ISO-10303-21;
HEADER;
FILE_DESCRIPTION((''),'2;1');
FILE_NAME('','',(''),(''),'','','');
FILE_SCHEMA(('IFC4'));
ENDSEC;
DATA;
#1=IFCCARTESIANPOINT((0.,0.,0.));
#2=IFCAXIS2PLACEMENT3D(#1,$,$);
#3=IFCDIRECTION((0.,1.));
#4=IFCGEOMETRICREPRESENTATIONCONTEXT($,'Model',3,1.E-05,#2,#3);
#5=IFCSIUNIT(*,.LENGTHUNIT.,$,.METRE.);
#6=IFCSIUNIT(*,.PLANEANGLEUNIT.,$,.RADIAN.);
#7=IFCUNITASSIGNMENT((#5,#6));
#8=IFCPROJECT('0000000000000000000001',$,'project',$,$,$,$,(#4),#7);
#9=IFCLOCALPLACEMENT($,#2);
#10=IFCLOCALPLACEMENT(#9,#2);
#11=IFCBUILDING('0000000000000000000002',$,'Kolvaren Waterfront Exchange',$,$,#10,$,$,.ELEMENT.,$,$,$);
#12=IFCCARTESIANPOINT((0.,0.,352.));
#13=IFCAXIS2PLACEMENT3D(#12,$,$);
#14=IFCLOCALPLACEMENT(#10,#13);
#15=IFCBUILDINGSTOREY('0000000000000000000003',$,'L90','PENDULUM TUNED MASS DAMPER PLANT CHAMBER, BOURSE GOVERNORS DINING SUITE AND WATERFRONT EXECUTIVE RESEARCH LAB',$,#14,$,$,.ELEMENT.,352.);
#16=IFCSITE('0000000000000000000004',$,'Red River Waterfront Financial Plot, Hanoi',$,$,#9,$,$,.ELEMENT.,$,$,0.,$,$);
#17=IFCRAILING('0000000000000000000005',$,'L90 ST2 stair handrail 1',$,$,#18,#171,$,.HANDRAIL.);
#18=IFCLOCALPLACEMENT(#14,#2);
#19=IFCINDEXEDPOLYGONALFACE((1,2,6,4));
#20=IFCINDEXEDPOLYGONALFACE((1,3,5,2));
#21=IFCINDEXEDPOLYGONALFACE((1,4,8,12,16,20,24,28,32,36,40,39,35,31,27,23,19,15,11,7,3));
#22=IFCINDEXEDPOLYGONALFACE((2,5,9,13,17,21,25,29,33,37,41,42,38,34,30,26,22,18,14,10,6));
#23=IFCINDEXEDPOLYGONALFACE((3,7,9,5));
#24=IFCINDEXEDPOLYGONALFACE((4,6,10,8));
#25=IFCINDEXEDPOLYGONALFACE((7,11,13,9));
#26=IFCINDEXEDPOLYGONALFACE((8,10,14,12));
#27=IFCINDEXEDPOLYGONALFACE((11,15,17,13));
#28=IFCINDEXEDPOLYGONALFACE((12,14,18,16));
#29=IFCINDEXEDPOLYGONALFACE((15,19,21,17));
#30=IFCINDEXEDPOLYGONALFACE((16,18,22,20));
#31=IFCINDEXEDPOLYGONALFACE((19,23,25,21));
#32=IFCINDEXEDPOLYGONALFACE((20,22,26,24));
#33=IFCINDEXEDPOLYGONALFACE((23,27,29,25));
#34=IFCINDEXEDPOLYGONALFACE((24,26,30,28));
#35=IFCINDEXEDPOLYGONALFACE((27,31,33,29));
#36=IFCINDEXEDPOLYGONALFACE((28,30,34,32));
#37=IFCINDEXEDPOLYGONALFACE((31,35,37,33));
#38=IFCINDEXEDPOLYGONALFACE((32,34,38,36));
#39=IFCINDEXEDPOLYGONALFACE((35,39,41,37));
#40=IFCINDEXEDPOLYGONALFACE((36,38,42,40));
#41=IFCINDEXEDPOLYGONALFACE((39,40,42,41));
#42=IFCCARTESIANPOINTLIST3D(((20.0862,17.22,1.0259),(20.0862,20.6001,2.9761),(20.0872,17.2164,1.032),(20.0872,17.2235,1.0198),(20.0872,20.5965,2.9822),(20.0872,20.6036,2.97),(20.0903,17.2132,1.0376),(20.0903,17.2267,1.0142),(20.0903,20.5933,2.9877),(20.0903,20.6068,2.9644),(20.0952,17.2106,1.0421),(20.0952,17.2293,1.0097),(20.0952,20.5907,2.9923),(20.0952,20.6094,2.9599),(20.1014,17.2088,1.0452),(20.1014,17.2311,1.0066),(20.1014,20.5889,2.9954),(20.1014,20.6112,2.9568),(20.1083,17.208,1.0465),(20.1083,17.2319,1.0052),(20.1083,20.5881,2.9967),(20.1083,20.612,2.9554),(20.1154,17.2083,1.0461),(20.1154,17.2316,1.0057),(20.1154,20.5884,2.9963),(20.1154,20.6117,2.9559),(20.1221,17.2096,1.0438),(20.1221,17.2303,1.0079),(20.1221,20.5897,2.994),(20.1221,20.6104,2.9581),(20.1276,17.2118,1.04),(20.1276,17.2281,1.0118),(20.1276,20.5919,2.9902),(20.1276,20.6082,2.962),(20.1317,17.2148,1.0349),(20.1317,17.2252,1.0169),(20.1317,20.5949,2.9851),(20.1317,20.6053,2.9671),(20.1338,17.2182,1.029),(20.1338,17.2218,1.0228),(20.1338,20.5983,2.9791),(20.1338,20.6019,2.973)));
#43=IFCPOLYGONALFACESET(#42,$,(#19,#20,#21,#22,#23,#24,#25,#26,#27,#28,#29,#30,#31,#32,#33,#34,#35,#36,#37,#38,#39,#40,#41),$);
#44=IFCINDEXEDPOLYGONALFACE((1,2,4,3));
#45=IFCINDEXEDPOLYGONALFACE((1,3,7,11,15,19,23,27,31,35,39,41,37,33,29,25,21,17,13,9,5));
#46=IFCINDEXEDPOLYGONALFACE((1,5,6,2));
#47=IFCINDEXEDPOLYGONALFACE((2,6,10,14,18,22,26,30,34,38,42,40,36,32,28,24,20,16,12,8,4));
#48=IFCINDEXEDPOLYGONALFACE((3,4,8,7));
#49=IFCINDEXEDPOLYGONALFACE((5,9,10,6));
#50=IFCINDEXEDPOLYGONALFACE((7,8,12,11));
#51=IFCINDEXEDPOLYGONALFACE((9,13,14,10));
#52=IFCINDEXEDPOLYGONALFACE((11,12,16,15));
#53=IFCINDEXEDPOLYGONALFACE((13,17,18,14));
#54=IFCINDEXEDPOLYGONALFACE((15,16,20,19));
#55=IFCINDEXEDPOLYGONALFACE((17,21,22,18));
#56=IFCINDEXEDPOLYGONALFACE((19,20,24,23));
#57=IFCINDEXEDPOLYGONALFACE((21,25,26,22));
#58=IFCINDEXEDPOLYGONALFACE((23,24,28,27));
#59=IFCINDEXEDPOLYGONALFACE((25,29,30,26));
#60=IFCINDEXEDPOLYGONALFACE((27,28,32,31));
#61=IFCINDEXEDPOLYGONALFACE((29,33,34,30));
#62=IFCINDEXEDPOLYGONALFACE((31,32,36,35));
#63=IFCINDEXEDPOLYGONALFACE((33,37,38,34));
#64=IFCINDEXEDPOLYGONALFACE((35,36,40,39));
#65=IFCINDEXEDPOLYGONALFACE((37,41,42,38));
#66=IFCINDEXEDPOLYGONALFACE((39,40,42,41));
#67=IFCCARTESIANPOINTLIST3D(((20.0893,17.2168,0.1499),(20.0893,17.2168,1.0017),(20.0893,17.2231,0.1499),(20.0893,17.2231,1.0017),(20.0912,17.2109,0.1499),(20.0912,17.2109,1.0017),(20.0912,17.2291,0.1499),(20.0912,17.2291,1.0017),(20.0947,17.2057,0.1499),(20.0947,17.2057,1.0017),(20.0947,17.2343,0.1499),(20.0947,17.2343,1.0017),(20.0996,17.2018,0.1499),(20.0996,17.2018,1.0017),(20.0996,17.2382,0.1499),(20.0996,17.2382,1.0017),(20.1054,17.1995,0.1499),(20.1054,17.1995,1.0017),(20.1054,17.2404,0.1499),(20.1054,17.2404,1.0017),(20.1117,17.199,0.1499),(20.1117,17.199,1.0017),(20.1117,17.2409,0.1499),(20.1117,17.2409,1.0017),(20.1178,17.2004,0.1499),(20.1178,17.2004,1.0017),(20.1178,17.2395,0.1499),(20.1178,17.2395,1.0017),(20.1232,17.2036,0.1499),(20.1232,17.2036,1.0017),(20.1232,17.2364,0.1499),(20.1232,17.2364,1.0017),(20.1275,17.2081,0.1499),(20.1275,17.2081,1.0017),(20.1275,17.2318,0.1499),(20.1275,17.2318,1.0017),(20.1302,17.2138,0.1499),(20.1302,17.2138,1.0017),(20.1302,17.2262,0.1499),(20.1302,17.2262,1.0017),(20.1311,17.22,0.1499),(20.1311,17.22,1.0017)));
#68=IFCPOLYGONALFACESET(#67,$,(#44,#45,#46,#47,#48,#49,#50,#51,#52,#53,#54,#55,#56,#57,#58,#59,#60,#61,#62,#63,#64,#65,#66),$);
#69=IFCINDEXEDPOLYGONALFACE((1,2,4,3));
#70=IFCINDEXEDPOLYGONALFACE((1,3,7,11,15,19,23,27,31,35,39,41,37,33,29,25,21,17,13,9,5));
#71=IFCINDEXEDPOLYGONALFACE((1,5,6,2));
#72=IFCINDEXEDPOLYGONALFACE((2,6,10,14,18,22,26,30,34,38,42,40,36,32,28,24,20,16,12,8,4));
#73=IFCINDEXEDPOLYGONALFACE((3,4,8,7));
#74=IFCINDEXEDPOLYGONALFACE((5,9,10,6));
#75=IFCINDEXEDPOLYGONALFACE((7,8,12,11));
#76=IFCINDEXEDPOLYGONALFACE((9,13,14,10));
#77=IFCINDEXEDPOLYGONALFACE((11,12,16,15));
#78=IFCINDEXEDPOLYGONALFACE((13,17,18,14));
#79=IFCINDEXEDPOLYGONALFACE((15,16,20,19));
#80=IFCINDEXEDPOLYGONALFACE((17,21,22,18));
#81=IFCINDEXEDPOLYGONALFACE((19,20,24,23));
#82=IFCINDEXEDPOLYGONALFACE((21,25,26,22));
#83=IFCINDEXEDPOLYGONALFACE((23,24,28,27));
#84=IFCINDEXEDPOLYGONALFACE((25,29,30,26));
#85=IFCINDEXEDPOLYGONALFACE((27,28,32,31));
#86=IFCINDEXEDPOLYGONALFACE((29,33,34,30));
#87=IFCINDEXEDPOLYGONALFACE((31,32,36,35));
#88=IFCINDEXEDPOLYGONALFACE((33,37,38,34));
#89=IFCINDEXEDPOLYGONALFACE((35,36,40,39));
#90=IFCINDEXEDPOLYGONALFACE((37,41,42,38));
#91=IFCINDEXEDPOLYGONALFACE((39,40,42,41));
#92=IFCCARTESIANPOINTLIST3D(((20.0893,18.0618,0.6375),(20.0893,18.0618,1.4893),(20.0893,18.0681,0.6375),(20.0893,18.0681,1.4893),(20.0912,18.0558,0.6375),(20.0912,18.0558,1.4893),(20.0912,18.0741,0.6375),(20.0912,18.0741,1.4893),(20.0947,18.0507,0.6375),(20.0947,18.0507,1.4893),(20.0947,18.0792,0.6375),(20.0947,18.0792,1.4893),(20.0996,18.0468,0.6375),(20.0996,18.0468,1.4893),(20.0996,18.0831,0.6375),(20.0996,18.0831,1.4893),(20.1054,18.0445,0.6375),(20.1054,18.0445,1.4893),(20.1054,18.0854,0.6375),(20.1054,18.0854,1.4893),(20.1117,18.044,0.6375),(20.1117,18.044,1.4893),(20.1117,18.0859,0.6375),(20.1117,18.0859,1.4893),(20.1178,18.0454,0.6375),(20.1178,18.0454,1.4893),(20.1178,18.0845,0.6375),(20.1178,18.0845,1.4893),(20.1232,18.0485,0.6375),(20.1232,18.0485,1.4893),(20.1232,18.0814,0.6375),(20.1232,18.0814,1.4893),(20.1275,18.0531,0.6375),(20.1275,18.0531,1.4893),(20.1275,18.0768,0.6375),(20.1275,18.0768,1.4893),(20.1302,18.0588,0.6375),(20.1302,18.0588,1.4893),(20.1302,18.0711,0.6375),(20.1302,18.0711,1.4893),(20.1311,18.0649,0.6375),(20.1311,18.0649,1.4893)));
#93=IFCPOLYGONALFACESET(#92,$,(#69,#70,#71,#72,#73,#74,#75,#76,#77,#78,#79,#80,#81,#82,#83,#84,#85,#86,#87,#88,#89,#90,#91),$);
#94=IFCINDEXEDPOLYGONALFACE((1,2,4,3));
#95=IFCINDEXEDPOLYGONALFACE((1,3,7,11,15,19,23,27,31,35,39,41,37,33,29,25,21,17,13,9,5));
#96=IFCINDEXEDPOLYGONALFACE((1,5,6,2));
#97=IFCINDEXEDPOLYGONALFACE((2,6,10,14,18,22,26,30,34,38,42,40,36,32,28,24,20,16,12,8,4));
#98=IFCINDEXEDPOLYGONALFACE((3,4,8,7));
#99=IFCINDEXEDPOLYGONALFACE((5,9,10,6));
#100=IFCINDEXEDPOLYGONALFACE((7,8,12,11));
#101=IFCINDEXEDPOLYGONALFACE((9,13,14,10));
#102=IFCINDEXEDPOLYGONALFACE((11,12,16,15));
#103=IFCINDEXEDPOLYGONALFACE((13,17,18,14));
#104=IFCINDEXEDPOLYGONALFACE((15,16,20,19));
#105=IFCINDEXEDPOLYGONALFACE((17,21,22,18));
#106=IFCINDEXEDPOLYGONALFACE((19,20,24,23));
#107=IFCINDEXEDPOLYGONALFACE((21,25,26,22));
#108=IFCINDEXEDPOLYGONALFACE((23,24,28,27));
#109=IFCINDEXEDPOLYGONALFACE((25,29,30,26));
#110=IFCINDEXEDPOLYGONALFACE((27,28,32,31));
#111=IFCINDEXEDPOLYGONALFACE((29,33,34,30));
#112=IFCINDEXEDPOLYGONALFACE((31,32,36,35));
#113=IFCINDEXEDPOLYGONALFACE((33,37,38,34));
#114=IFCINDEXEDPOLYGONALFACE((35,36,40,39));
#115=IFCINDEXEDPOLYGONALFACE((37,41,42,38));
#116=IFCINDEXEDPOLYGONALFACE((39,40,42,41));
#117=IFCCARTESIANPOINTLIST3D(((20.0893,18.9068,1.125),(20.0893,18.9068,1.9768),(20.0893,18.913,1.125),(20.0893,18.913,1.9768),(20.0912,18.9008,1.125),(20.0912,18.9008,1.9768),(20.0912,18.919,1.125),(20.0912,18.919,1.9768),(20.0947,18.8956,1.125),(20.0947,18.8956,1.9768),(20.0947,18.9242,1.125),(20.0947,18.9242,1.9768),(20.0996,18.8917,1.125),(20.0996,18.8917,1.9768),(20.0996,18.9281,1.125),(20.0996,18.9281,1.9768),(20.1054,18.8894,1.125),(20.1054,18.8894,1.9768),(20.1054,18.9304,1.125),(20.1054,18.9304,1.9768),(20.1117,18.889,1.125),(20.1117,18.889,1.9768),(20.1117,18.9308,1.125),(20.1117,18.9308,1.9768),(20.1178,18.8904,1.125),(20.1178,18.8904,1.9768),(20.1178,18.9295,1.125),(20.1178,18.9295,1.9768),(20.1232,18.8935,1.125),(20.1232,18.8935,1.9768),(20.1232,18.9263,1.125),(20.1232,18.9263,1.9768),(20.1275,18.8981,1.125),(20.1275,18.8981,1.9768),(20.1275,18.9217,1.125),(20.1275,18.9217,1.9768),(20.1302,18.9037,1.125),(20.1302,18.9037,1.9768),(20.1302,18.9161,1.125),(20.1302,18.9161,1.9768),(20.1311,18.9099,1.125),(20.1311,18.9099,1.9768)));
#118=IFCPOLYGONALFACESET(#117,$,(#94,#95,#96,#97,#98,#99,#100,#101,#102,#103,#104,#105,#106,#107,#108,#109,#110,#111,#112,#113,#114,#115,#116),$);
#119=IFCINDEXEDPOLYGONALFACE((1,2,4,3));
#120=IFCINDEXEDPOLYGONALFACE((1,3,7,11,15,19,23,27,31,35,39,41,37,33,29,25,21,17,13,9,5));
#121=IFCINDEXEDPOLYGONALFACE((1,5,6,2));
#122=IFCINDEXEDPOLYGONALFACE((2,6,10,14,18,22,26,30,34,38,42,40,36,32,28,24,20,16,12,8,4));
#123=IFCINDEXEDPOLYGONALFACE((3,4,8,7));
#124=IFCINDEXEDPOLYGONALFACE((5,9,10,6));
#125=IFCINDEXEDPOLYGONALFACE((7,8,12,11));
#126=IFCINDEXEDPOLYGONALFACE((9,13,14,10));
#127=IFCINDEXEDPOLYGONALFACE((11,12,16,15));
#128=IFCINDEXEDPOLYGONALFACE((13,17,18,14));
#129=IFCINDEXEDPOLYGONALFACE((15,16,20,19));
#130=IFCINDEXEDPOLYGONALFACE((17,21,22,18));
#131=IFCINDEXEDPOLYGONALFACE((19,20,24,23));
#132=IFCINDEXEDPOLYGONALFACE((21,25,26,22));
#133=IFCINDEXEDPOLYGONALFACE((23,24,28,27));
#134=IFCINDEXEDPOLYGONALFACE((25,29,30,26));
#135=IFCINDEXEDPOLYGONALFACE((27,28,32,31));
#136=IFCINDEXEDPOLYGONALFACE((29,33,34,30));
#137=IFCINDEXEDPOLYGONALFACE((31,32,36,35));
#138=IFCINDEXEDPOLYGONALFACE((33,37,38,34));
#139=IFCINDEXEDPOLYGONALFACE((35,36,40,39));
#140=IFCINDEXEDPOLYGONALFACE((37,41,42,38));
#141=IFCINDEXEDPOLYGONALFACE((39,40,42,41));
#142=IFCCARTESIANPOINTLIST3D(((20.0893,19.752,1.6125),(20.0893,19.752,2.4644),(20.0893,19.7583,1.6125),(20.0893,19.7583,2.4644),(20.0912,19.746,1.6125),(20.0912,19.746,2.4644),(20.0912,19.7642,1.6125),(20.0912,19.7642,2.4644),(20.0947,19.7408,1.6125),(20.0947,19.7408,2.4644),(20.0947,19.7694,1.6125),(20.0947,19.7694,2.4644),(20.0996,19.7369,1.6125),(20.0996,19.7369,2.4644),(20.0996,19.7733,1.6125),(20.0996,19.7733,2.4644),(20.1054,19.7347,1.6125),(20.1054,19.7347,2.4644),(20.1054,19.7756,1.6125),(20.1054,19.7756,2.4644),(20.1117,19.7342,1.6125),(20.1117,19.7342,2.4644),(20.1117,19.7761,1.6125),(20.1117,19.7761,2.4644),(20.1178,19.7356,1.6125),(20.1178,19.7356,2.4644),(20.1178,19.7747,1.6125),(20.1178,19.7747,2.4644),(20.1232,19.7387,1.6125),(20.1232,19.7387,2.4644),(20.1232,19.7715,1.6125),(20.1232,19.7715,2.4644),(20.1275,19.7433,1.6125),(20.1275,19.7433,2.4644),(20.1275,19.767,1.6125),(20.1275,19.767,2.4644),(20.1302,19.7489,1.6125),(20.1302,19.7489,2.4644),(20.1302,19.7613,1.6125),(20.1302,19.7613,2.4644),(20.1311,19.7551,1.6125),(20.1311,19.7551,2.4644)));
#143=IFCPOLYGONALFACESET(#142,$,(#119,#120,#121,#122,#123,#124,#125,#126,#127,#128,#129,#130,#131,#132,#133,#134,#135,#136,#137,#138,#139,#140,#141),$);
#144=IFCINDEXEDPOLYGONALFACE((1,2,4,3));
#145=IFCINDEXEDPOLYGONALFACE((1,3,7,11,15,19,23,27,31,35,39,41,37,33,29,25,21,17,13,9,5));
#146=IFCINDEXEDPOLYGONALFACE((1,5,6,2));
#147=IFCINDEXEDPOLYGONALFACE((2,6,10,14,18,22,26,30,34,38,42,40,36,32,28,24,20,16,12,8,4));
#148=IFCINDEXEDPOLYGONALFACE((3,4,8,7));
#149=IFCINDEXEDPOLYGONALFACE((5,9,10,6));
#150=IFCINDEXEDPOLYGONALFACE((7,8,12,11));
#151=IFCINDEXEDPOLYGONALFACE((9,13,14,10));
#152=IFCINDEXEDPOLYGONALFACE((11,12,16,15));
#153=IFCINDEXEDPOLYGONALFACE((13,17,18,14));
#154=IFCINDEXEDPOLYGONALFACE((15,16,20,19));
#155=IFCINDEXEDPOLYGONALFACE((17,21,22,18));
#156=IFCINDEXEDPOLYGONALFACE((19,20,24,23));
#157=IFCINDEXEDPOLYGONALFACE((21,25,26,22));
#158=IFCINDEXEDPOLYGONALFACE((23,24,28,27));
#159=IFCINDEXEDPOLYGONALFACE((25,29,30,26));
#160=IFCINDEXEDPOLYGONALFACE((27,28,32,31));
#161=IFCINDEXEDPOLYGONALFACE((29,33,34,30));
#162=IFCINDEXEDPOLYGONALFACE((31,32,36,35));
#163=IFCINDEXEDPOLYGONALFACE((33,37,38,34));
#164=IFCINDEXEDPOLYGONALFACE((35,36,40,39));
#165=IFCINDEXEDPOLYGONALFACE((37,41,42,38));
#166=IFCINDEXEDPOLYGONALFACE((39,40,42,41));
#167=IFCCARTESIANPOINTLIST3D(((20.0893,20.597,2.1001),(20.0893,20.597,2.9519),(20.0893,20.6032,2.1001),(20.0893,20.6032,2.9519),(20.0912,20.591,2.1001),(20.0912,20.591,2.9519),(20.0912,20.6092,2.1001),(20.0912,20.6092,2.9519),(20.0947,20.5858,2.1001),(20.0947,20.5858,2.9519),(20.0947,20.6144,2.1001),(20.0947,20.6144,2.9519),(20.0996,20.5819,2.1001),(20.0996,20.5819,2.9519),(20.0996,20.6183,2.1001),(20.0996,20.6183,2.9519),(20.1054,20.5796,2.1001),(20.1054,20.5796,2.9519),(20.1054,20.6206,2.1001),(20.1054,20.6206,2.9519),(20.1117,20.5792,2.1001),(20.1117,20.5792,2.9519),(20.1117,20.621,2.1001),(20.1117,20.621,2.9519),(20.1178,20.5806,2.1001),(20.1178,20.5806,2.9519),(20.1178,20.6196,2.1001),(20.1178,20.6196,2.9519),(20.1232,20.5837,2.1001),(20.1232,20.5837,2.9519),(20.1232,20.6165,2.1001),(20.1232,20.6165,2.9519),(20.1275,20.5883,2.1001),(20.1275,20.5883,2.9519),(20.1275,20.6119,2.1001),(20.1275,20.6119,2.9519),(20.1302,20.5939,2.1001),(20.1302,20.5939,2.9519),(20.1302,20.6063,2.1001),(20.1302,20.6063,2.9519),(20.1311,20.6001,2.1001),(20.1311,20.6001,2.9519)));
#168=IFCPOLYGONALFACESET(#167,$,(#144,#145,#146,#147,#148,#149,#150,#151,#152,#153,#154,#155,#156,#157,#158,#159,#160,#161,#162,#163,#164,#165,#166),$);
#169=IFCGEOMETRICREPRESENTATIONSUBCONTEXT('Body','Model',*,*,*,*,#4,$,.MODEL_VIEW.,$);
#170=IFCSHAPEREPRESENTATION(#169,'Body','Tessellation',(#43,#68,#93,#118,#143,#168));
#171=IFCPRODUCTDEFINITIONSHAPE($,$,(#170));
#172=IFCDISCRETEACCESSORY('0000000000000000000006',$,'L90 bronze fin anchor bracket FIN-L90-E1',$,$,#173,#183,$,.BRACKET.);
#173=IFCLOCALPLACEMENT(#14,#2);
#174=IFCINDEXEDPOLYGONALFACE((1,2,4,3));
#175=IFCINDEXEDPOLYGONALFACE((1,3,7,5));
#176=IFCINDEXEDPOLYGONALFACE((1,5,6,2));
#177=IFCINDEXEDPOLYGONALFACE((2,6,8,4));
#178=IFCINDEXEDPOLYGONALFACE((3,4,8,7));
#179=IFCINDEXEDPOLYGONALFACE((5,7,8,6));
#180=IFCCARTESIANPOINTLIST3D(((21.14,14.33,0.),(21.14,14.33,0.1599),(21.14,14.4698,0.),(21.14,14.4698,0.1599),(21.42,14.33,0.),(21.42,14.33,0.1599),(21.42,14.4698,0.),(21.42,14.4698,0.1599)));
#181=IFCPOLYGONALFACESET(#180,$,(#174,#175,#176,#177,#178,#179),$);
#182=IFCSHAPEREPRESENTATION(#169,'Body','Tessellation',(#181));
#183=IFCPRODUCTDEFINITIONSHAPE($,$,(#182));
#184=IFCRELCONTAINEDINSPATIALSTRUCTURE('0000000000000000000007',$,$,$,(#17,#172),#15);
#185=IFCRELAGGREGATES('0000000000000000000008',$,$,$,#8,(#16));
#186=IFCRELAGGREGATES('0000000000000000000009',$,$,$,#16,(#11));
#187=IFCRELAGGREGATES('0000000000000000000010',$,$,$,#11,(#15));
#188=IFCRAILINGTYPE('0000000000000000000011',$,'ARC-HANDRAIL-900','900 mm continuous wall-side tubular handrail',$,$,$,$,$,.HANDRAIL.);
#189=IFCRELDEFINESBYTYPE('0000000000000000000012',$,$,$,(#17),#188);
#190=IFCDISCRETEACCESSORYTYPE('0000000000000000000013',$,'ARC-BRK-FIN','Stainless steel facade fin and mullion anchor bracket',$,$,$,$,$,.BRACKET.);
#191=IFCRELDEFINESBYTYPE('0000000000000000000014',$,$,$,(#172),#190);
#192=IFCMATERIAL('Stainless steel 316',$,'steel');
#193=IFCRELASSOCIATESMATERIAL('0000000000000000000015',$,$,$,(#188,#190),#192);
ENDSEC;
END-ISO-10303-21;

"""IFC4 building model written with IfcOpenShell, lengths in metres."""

from ifc_helpers import new_model, si_unit, direction, frame, origin, origin_with_axes, origin_2d, place, context, subcontext, project, spatial, rectangle, circle, extrude, source, transform, mapped, material, type_object, element, save


model = new_model("IFC4")

# Units and contexts
model_context = context("Model", 3, precision=1e-05, world=origin(), true_north=direction((0.0, 1.0)))
body_context = subcontext(model_context, "Body", "Model", "MODEL_VIEW")
ifc_project = project(units=[si_unit("LENGTHUNIT", "METRE"), si_unit("PLANEANGLEUNIT", "RADIAN")], contexts=[model_context])

# Site, building, storey
site_placement = place(None, origin())
site = spatial("IfcSite", under=ifc_project, at=site_placement, Name="Red River Waterfront Financial Plot, Hanoi", CompositionType="ELEMENT", RefElevation=0.0)
building_placement = place(site_placement, origin())
building = spatial("IfcBuilding", under=site, at=building_placement, Name="Kolvaren Waterfront Exchange", CompositionType="ELEMENT")
storey_placement = place(building_placement, frame((0.0, 0.0, 352.0)))
storey = spatial("IfcBuildingStorey", under=building, at=storey_placement, Name="L90", Description="PENDULUM TUNED MASS DAMPER PLANT CHAMBER, BOURSE GOVERNORS DINING SUITE AND WATERFRONT EXECUTIVE RESEARCH LAB", CompositionType="ELEMENT", Elevation=352.0)

# Railing
ifc_material_1 = material(Name="Stainless steel 316", Category="steel")
railing_type = type_object("IfcRailingType", Name="ARC-HANDRAIL-900", Description="900 mm continuous wall-side tubular handrail", PredefinedType="HANDRAIL", material=ifc_material_1)
railing_placement = place(storey_placement, frame((20.1101, 17.22, 0.1499)))
element("IfcRailing", 1, at=railing_placement, inside=storey, type_object=railing_type, Name="L90 ST2 stair handrail 1", PredefinedType="HANDRAIL", context=body_context, shape_type="SweptSolid", body=[
    extrude(circle(Radius=0.0239, at=origin_2d()), frame((0.0, 0.0, 0.876), z_axis=(0.0, 0.866172, 0.499746), x_axis=(-1.0, 0.0, 0.0)), (0.0, 0.0, 1.0), 3.9023),
    extrude(circle(Radius=0.021, at=origin_2d()), origin(), (0.0, 0.0, 1.0), 0.8518),
    extrude(circle(Radius=0.021, at=origin_2d()), frame((0.0, 0.845, 0.4875)), (0.0, 0.0, 1.0), 0.8518),
    extrude(circle(Radius=0.021, at=origin_2d()), frame((0.0, 1.6899, 0.9751)), (0.0, 0.0, 1.0), 0.8518),
    extrude(circle(Radius=0.021, at=origin_2d()), frame((0.0, 2.5352, 1.4626)), (0.0, 0.0, 1.0), 0.8518),
    extrude(circle(Radius=0.021, at=origin_2d()), frame((0.0, 3.3801, 1.9502)), (0.0, 0.0, 1.0), 0.8518),
])

# Discrete accessory
discrete_accessory_type = type_object("IfcDiscreteAccessoryType", Name="ARC-BRK-FIN", Description="Stainless steel facade fin and mullion anchor bracket", PredefinedType="BRACKET", material=ifc_material_1)
shared_shape_1 = source(origin_with_axes(), body_context, "Body", "SweptSolid", [
    extrude(rectangle(XDim=0.28, YDim=0.1399, at=origin_2d()), origin(), (0.0, 0.0, 1.0), 0.1599),
])
discrete_accessory_placement = place(storey_placement, frame((21.28, 14.3999, 0.0), z_axis=(0.0, 0.0, 1.0), x_axis=(1.0, 0.0, 0.0)))
element("IfcDiscreteAccessory", 2, at=discrete_accessory_placement, inside=storey, type_object=discrete_accessory_type, Name="L90 bronze fin anchor bracket FIN-L90-E1", PredefinedType="BRACKET", context=body_context, shape_type="MappedRepresentation", body=[
    mapped(shared_shape_1, transform((0.0, 0.0, 0.0), x_axis=(1.0, 0.0, 0.0), y_axis=(0.0, 1.0, 0.0), z_axis=(0.0, 0.0, 1.0), scale=1.0)),
])

save(model, "model.ifc")
